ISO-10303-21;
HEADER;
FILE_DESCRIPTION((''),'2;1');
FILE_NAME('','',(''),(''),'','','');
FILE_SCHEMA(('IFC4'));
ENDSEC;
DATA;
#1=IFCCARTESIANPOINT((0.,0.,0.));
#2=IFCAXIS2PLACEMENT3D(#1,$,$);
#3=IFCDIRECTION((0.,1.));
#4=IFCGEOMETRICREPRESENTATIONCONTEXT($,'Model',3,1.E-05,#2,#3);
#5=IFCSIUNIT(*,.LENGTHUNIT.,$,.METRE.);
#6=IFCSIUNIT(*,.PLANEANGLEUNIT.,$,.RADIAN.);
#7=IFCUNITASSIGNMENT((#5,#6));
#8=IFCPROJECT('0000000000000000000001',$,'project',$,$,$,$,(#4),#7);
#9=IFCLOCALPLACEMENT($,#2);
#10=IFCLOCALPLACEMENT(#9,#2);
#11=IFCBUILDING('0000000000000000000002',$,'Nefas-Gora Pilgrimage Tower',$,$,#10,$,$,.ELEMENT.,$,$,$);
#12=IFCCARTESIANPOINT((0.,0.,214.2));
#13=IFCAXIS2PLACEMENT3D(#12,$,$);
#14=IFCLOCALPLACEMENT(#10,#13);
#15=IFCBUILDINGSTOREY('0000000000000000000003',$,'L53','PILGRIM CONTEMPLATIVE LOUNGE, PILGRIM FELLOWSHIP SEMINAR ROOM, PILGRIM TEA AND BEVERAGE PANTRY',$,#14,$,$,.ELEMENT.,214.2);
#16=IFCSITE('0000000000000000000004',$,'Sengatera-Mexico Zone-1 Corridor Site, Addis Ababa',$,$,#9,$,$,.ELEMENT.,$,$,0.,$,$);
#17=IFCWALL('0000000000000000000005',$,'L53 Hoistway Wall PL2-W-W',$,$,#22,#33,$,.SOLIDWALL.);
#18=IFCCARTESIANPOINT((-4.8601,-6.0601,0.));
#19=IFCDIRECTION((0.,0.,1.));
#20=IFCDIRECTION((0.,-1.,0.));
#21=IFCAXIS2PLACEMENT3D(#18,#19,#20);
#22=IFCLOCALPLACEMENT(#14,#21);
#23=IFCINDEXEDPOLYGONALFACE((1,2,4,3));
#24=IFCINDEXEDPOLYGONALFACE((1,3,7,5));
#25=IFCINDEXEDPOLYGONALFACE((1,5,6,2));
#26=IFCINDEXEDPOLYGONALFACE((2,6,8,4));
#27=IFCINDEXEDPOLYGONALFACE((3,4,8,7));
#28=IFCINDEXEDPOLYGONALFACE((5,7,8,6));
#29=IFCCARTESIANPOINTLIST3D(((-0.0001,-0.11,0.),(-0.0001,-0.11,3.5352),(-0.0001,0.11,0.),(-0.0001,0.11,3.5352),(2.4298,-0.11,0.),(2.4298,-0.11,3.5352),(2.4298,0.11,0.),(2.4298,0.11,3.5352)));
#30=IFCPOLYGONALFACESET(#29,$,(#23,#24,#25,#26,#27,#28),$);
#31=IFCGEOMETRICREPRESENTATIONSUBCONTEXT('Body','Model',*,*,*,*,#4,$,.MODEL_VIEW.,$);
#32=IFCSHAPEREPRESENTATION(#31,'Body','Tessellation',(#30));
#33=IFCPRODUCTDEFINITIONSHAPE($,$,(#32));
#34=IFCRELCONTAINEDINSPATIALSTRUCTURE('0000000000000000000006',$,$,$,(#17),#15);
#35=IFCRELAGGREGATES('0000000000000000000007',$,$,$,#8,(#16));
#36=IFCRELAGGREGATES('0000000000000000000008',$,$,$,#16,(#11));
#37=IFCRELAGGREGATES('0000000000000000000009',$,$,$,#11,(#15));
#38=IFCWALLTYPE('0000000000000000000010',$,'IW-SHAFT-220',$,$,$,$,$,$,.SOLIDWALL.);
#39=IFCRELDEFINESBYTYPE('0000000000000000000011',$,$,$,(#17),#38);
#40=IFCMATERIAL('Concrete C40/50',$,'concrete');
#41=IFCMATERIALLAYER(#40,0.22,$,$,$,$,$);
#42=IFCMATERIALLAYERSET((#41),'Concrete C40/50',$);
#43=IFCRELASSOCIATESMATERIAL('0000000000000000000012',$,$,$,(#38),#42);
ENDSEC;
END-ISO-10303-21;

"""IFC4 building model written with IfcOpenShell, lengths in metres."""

from ifc_helpers import new_model, si_unit, direction, frame, frame_2d, origin, place, context, subcontext, project, spatial, rectangle, extrude, source, transform, mapped, material, layer, layer_set, type_object, element, save


model = new_model("IFC4")

# Units and contexts
model_context = context("Model", 3, precision=1e-05, world=origin(), true_north=direction((0.0, 1.0)))
body_context = subcontext(model_context, "Body", "Model", "MODEL_VIEW")
ifc_project = project(units=[si_unit("LENGTHUNIT", "METRE"), si_unit("PLANEANGLEUNIT", "RADIAN")], contexts=[model_context])

# Site, building, storey
site_placement = place(None, origin())
site = spatial("IfcSite", under=ifc_project, at=site_placement, Name="Sengatera-Mexico Zone-1 Corridor Site, Addis Ababa", CompositionType="ELEMENT", RefElevation=0.0)
building_placement = place(site_placement, origin())
building = spatial("IfcBuilding", under=site, at=building_placement, Name="Nefas-Gora Pilgrimage Tower", CompositionType="ELEMENT")
storey_placement = place(building_placement, frame((0.0, 0.0, 214.2)))
storey = spatial("IfcBuildingStorey", under=building, at=storey_placement, Name="L53", Description="PILGRIM CONTEMPLATIVE LOUNGE, PILGRIM FELLOWSHIP SEMINAR ROOM, PILGRIM TEA AND BEVERAGE PANTRY", CompositionType="ELEMENT", Elevation=214.2)

# Shared definitions
ifc_material_1 = material(Name="Concrete C40/50", Category="concrete")
ifc_layer_1 = layer(ifc_material_1, 0.22)
ifc_layer_set_1 = layer_set([ifc_layer_1], Name="Concrete C40/50")
wall_type_1 = type_object("IfcWallType", Name="IW-SHAFT-220", PredefinedType="SOLIDWALL", material=ifc_layer_set_1)

# Wall
shared_shape_1 = source(origin(), body_context, "Body", "SweptSolid", [
    extrude(rectangle(XDim=2.4299, YDim=0.22, at=frame_2d((1.2148, 0.0))), origin(), (0.0, 0.0, 1.0), 3.5352),
])
for number, where, z_axis, x_axis, name in (
    (1, (-4.8601, -6.0601, 0.0), (0.0, 0.0, 1.0), (0.0, -1.0, 0.0), "L53 Hoistway Wall PL2-W-W"),
):
    element("IfcWall", number, at=place(storey_placement, frame(where, z_axis=z_axis, x_axis=x_axis)), inside=storey, type_object=wall_type_1, Name=name, PredefinedType="SOLIDWALL", context=body_context, shape_type="MappedRepresentation", body=[
        mapped(shared_shape_1, transform((0.0, 0.0, 0.0), x_axis=(1.0, 0.0, 0.0), y_axis=(0.0, 1.0, 0.0), z_axis=(0.0, 0.0, 1.0), scale=1.0)),
    ])

save(model, "model.ifc")
